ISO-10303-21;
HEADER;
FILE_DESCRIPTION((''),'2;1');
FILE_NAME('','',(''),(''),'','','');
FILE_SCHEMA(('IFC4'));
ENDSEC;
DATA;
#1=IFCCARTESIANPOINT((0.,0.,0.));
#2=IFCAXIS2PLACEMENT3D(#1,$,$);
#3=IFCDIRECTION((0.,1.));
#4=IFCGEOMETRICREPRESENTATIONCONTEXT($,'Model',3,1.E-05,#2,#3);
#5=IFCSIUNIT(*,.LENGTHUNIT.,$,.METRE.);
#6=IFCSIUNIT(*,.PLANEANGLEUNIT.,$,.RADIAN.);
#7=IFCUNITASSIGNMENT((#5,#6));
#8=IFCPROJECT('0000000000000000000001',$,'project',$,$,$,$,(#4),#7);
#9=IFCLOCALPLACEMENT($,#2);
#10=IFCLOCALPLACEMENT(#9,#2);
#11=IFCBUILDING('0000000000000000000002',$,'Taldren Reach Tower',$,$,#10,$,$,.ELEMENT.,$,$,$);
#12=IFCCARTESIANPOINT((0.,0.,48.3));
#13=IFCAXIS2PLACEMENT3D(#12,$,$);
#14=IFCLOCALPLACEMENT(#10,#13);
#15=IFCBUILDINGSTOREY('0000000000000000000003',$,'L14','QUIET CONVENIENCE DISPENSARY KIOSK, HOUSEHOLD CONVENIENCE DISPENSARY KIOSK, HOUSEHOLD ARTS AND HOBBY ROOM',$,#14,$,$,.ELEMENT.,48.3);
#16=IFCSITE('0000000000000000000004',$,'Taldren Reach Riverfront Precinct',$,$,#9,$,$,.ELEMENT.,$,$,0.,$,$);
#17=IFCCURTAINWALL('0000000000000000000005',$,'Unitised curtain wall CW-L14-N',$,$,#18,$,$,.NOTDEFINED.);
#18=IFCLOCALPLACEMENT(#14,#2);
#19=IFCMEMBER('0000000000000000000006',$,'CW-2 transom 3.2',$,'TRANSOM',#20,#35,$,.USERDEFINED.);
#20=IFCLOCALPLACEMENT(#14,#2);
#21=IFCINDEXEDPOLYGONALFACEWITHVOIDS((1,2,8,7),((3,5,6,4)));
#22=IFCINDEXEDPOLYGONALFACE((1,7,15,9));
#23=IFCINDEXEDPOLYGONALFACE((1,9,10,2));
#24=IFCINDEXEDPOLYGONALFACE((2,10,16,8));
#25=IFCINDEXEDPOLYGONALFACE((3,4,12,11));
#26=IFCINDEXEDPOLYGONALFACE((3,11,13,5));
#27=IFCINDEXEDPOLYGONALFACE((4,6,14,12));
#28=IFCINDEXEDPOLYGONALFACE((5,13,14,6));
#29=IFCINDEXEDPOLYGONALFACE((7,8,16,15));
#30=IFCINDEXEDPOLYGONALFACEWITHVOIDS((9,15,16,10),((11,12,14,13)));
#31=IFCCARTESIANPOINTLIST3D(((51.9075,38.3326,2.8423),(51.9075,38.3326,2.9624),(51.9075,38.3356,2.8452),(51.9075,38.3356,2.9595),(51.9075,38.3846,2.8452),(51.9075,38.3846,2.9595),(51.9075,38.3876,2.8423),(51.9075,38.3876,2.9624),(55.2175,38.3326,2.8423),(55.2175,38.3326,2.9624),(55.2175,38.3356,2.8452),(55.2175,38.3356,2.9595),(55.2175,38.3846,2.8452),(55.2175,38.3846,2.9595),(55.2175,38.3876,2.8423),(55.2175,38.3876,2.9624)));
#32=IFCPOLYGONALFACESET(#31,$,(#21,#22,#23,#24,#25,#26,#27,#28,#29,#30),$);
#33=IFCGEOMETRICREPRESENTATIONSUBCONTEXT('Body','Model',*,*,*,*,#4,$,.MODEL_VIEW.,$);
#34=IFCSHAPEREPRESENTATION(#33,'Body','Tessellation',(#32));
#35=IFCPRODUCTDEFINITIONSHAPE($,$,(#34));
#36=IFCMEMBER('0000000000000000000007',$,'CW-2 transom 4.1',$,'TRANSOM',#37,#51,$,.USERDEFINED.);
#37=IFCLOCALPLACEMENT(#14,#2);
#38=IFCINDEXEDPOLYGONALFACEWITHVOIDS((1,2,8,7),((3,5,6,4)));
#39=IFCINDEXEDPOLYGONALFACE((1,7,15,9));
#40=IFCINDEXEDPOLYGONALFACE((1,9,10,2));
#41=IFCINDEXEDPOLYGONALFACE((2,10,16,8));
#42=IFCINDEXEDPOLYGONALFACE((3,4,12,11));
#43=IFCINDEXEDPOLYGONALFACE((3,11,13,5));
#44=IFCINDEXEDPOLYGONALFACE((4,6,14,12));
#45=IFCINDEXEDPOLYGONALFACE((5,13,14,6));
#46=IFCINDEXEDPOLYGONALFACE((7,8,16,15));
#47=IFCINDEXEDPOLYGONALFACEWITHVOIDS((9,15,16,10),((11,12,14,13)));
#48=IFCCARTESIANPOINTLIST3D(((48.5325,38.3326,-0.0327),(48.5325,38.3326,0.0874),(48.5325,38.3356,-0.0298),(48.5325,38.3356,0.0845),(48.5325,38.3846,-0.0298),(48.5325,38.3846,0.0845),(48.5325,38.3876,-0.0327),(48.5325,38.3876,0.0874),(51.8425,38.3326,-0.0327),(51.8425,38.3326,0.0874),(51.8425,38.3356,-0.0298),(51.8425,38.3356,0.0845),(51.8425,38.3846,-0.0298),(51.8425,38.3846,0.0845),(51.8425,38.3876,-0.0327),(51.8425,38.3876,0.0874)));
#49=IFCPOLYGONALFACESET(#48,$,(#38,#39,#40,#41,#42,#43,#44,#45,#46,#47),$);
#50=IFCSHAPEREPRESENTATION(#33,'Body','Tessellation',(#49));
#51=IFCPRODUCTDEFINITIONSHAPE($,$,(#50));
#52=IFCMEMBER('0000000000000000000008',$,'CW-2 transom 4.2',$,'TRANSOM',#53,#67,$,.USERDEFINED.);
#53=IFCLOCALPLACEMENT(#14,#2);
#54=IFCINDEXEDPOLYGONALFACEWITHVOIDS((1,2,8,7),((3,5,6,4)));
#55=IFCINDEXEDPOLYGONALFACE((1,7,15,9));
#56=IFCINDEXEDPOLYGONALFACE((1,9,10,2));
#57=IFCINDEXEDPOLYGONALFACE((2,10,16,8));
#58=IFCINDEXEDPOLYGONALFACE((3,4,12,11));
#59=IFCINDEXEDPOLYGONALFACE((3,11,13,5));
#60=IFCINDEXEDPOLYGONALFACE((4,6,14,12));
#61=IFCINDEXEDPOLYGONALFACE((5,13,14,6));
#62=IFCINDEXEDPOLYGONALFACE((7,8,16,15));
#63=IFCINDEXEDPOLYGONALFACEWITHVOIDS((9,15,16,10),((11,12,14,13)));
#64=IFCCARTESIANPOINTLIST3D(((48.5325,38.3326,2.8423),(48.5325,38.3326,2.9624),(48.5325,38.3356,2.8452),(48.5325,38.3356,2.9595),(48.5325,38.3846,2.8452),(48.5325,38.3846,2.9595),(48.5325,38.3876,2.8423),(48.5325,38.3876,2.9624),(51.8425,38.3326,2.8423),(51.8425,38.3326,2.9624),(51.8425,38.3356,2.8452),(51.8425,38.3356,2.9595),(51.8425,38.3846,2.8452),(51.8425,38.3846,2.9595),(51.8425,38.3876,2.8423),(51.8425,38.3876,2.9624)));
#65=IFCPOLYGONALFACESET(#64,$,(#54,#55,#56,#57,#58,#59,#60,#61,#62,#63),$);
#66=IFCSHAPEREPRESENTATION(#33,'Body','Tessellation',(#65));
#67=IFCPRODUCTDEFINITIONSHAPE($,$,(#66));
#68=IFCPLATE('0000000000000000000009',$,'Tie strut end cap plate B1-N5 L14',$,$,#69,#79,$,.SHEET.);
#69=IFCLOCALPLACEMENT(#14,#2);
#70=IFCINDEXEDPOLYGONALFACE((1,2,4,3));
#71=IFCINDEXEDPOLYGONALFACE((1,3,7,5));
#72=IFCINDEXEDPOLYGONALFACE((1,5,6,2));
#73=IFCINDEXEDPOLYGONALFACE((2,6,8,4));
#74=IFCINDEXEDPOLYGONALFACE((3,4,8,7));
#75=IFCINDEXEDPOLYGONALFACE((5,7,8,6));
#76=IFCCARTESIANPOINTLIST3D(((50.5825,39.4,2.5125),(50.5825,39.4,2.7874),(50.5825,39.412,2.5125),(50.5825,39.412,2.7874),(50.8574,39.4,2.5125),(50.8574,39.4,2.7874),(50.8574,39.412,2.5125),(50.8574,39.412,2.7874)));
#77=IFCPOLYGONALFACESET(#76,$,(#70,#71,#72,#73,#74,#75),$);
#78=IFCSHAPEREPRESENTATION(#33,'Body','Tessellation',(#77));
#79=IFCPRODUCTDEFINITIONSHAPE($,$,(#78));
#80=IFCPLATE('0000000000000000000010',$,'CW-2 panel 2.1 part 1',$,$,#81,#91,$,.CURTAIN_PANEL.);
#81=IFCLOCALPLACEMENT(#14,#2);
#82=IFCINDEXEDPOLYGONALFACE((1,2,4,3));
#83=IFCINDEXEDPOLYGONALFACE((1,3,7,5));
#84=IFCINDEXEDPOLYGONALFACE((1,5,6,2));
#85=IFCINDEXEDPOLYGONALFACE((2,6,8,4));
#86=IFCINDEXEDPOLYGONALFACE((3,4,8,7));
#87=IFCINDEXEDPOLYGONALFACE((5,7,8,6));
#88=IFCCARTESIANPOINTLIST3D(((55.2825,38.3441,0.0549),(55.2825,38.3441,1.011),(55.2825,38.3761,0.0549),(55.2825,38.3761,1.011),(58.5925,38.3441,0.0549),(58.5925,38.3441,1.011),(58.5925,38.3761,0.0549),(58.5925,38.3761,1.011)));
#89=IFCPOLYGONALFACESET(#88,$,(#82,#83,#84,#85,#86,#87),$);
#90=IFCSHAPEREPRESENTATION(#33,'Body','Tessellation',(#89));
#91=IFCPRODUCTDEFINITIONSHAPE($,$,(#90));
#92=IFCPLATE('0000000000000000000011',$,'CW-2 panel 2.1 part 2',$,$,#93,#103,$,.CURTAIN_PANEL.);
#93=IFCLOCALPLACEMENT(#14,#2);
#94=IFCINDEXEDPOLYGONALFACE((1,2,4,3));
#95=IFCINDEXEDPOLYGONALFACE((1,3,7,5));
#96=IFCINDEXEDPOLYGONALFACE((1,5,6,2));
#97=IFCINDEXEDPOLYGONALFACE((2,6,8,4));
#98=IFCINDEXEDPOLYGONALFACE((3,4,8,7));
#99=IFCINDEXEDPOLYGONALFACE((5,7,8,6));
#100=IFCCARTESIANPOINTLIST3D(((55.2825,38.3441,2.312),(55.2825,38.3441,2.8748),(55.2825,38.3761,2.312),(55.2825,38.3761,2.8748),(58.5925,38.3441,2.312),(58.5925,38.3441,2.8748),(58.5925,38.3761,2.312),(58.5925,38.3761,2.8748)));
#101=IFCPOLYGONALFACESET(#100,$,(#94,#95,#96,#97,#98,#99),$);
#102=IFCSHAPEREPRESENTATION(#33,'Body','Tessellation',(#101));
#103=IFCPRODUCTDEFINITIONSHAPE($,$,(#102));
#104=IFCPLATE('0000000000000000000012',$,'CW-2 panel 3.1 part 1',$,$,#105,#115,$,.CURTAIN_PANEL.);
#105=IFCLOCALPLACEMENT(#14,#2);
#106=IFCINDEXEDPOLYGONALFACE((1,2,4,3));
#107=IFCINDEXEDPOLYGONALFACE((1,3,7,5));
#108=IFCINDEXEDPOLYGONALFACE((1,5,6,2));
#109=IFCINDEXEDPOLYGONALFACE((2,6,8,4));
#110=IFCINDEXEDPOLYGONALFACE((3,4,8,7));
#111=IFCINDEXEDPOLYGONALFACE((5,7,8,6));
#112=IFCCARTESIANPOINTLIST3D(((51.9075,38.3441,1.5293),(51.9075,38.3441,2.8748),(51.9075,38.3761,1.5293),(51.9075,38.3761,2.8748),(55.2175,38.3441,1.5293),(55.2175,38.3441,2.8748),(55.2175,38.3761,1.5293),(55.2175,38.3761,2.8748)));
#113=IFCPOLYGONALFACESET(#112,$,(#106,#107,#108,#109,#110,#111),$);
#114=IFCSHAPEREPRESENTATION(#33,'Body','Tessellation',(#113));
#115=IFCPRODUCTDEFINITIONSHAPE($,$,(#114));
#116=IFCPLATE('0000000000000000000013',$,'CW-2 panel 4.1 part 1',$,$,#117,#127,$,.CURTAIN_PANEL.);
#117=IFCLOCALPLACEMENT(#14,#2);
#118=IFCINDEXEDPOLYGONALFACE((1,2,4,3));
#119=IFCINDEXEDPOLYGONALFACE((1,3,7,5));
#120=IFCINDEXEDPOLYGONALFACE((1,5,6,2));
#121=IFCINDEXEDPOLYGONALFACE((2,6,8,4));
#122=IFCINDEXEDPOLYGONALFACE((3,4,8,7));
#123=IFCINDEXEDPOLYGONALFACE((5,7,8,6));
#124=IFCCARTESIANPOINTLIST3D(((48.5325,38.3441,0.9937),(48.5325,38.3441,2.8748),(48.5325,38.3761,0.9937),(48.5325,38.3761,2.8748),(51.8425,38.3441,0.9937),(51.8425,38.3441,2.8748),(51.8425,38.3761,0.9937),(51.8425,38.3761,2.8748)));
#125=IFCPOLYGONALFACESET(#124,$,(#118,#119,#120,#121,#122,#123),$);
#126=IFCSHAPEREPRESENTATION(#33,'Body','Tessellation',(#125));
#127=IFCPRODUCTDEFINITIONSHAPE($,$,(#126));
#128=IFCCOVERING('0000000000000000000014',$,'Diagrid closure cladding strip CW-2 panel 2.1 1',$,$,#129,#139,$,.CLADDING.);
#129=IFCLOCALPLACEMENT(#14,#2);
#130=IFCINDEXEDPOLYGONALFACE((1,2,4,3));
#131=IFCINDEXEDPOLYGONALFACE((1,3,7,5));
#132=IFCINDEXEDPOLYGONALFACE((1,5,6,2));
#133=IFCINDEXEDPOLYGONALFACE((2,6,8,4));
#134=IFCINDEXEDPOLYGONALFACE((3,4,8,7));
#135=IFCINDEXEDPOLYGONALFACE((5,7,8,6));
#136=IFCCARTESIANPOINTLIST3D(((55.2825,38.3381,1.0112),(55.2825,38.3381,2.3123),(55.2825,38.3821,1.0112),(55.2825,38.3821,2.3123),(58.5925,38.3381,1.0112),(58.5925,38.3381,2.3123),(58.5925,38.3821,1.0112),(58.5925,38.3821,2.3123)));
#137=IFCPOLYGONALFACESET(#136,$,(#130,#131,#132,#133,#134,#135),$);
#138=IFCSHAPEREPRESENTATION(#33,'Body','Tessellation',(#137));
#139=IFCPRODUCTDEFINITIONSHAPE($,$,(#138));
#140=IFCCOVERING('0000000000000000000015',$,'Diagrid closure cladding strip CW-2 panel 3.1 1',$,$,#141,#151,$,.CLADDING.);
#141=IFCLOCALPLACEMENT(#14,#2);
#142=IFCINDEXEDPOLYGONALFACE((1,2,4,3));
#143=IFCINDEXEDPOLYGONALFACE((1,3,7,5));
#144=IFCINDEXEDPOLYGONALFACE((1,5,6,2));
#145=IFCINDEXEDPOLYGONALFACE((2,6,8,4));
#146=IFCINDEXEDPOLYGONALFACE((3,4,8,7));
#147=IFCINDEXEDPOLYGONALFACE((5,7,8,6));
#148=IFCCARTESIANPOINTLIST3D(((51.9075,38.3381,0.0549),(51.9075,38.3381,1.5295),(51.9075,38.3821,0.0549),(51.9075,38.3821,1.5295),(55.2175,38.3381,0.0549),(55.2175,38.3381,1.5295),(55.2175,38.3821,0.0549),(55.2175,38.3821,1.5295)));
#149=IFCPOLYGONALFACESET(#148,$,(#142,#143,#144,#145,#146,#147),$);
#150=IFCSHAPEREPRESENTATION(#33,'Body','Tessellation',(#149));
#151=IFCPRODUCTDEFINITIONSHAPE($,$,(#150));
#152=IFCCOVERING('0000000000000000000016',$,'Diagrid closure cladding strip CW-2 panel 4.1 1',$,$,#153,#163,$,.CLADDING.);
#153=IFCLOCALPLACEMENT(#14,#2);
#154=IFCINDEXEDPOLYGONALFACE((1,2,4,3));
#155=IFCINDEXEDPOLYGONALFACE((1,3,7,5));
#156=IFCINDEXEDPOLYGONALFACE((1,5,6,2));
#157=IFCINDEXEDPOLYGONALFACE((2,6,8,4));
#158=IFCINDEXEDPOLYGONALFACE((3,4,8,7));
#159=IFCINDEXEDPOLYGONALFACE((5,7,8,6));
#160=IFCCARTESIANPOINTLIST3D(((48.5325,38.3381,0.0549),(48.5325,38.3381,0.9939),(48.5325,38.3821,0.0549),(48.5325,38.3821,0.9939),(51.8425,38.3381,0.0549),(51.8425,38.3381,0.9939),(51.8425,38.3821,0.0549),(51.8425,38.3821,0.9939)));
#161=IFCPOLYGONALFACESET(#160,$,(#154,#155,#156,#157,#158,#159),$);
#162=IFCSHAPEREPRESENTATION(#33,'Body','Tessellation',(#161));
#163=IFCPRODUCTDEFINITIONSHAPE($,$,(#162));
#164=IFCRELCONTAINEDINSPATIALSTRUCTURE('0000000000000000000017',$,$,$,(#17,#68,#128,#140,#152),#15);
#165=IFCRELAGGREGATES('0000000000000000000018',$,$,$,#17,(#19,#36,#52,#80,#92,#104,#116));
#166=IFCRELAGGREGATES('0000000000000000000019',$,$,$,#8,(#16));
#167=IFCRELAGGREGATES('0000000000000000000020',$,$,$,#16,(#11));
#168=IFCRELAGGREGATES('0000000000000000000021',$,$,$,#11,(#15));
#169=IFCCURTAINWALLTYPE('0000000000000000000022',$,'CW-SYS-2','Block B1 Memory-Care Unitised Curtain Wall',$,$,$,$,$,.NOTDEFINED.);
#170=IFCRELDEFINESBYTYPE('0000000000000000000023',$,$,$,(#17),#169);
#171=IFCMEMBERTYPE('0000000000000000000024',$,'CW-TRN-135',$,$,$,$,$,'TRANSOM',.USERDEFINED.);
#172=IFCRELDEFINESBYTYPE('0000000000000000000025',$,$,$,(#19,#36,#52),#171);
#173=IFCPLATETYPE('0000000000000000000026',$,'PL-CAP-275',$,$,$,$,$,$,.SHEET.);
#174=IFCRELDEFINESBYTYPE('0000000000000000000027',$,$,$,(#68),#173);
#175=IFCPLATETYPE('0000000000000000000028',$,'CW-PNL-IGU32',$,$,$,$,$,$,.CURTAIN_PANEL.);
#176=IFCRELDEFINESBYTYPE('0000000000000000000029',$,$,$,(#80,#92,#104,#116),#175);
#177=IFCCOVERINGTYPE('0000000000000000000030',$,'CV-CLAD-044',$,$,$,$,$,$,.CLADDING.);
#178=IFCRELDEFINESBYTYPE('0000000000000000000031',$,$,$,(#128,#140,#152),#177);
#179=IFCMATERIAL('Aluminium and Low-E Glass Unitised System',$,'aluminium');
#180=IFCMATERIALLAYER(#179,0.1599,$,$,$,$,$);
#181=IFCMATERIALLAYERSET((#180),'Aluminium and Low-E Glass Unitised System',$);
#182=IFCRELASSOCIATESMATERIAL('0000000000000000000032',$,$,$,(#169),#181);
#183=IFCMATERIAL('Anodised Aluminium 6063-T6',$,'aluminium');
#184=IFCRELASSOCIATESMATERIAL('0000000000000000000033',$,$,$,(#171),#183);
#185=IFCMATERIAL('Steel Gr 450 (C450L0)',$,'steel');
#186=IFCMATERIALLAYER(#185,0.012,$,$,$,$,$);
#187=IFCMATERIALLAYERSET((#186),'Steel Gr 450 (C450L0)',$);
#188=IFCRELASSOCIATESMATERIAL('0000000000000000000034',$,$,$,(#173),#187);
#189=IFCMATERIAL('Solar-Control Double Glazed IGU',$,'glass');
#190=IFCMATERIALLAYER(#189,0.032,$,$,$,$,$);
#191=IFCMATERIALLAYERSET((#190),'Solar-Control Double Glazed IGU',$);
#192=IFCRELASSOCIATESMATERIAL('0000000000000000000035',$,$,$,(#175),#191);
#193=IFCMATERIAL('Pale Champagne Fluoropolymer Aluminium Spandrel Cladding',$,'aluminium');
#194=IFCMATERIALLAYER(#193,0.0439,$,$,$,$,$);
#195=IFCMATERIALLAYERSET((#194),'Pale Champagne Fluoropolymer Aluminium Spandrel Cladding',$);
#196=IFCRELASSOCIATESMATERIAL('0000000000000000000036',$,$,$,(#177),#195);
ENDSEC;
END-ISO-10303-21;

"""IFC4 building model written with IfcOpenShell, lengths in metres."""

from ifc_helpers import new_model, si_unit, direction, frame, origin, origin_2d, place, context, subcontext, project, spatial, rectangle, hollow_rectangle, extrude, source, transform, mapped, material, layer, layer_set, material_profile, profile_set, type_object, element, aggregate, save


model = new_model("IFC4")

# Units and contexts
model_context = context("Model", 3, precision=1e-05, world=origin(), true_north=direction((0.0, 1.0)))
body_context = subcontext(model_context, "Body", "Model", "MODEL_VIEW")
ifc_project = project(units=[si_unit("LENGTHUNIT", "METRE"), si_unit("PLANEANGLEUNIT", "RADIAN")], contexts=[model_context])

# Site, building, storey
site_placement = place(None, origin())
site = spatial("IfcSite", under=ifc_project, at=site_placement, Name="Taldren Reach Riverfront Precinct", CompositionType="ELEMENT", RefElevation=0.0)
building_placement = place(site_placement, origin())
building = spatial("IfcBuilding", under=site, at=building_placement, Name="Taldren Reach Tower", CompositionType="ELEMENT")
storey_placement = place(building_placement, frame((0.0, 0.0, 48.3)))
storey = spatial("IfcBuildingStorey", under=building, at=storey_placement, Name="L14", Description="QUIET CONVENIENCE DISPENSARY KIOSK, HOUSEHOLD CONVENIENCE DISPENSARY KIOSK, HOUSEHOLD ARTS AND HOBBY ROOM", CompositionType="ELEMENT", Elevation=48.3)

# Shared definitions
ifc_material_1 = material(Name="Steel Gr 450 (C450L0)", Category="steel")

# Curtain wall, members
ifc_material_2 = material(Name="Aluminium and Low-E Glass Unitised System", Category="aluminium")
ifc_layer_1 = layer(ifc_material_2, 0.1599)
ifc_layer_set_1 = layer_set([ifc_layer_1], Name="Aluminium and Low-E Glass Unitised System")
curtain_wall_type = type_object("IfcCurtainWallType", Name="CW-SYS-2", Description="Block B1 Memory-Care Unitised Curtain Wall", PredefinedType="NOTDEFINED", material=ifc_layer_set_1)
curtain_wall_placement = place(storey_placement, origin())
curtain_wall = element("IfcCurtainWall", 1, at=curtain_wall_placement, inside=storey, type_object=curtain_wall_type, Name="Unitised curtain wall CW-L14-N", PredefinedType="NOTDEFINED")
ifc_material_3 = material(Name="Anodised Aluminium 6063-T6", Category="aluminium")
ifc_material_profile_1 = material_profile(ifc_material_3, hollow_rectangle(XDim=0.0549, YDim=0.1201, WallThickness=0.0029, at=origin_2d()), Name="ALU-120x55x3RHS")
ifc_profile_set_1 = profile_set([ifc_material_profile_1], Name="Anodised Aluminium 6063-T6")
member_type_1 = type_object("IfcMemberType", Name="CW-TRN-135", ElementType="TRANSOM", PredefinedType="USERDEFINED", material=ifc_profile_set_1)
shared_shape_1 = source(origin(), body_context, "Body", "SweptSolid", [
    extrude(hollow_rectangle(XDim=0.0549, YDim=0.1201, WallThickness=0.0029, at=origin_2d()), origin(), (0.0, 0.0, 1.0), 3.3101),
])
member_1_placement = place(storey_placement, frame((55.2175, 38.3601, 2.9023), z_axis=(-1.0, 0.0, 0.0), x_axis=(0.0, -1.0, 0.0)))
member_1 = element("IfcMember", 2, at=member_1_placement, type_object=member_type_1, Name="CW-2 transom 3.2", ObjectType="TRANSOM", PredefinedType="USERDEFINED", context=body_context, shape_type="MappedRepresentation", body=[
    mapped(shared_shape_1, transform((0.0, 0.0, 0.0), scale=1.0)),
])
member_2_placement = place(storey_placement, frame((51.8425, 38.3601, 0.0273), z_axis=(-1.0, 0.0, 0.0), x_axis=(0.0, -1.0, 0.0)))
member_2 = element("IfcMember", 3, at=member_2_placement, type_object=member_type_1, Name="CW-2 transom 4.1", ObjectType="TRANSOM", PredefinedType="USERDEFINED", context=body_context, shape_type="MappedRepresentation", body=[
    mapped(shared_shape_1, transform((0.0, 0.0, 0.0), scale=1.0)),
])
member_3_placement = place(storey_placement, frame((51.8425, 38.3601, 2.9023), z_axis=(-1.0, 0.0, 0.0), x_axis=(0.0, -1.0, 0.0)))
member_3 = element("IfcMember", 4, at=member_3_placement, type_object=member_type_1, Name="CW-2 transom 4.2", ObjectType="TRANSOM", PredefinedType="USERDEFINED", context=body_context, shape_type="MappedRepresentation", body=[
    mapped(shared_shape_1, transform((0.0, 0.0, 0.0), scale=1.0)),
])

# Plates
ifc_layer_2 = layer(ifc_material_1, 0.012)
ifc_layer_set_2 = layer_set([ifc_layer_2], Name="Steel Gr 450 (C450L0)")
plate_type_1 = type_object("IfcPlateType", Name="PL-CAP-275", PredefinedType="SHEET", material=ifc_layer_set_2)
shared_shape_2 = source(origin(), body_context, "Body", "SweptSolid", [
    extrude(rectangle(XDim=0.2749, YDim=0.012, at=origin_2d()), origin(), (0.0, 0.0, 1.0), 0.2749),
])
plate_1_placement = place(storey_placement, frame((50.72, 39.406, 2.5125), z_axis=(0.0, 0.0, 1.0), x_axis=(1.0, 0.0, 0.0)))
element("IfcPlate", 5, at=plate_1_placement, inside=storey, type_object=plate_type_1, Name="Tie strut end cap plate B1-N5 L14", PredefinedType="SHEET", context=body_context, shape_type="MappedRepresentation", body=[
    mapped(shared_shape_2, transform((0.0, 0.0, 0.0), scale=1.0)),
])
ifc_material_4 = material(Name="Solar-Control Double Glazed IGU", Category="glass")
ifc_layer_3 = layer(ifc_material_4, 0.032)
ifc_layer_set_3 = layer_set([ifc_layer_3], Name="Solar-Control Double Glazed IGU")
plate_type_2 = type_object("IfcPlateType", Name="CW-PNL-IGU32", PredefinedType="CURTAIN_PANEL", material=ifc_layer_set_3)
shared_shape_3 = source(origin(), body_context, "Body", "SweptSolid", [
    extrude(rectangle(XDim=3.3101, YDim=0.032, at=origin_2d()), origin(), (0.0, 0.0, 1.0), 0.9561),
])
plate_2_placement = place(storey_placement, frame((56.9375, 38.3601, 0.0549), z_axis=(0.0, 0.0, 1.0), x_axis=(-1.0, 0.0, 0.0)))
plate_2 = element("IfcPlate", 6, at=plate_2_placement, type_object=plate_type_2, Name="CW-2 panel 2.1 part 1", PredefinedType="CURTAIN_PANEL", context=body_context, shape_type="MappedRepresentation", body=[
    mapped(shared_shape_3, transform((0.0, 0.0, 0.0), scale=1.0)),
])
shared_shape_4 = source(origin(), body_context, "Body", "SweptSolid", [
    extrude(rectangle(XDim=3.3101, YDim=0.032, at=origin_2d()), origin(), (0.0, 0.0, 1.0), 0.5627),
])
plate_3_placement = place(storey_placement, frame((56.9375, 38.3601, 2.312), z_axis=(0.0, 0.0, 1.0), x_axis=(-1.0, 0.0, 0.0)))
plate_3 = element("IfcPlate", 7, at=plate_3_placement, type_object=plate_type_2, Name="CW-2 panel 2.1 part 2", PredefinedType="CURTAIN_PANEL", context=body_context, shape_type="MappedRepresentation", body=[
    mapped(shared_shape_4, transform((0.0, 0.0, 0.0), scale=1.0)),
])
shared_shape_5 = source(origin(), body_context, "Body", "SweptSolid", [
    extrude(rectangle(XDim=3.3101, YDim=0.032, at=origin_2d()), origin(), (0.0, 0.0, 1.0), 1.3455),
])
plate_4_placement = place(storey_placement, frame((53.5625, 38.3601, 1.5293), z_axis=(0.0, 0.0, 1.0), x_axis=(-1.0, 0.0, 0.0)))
plate_4 = element("IfcPlate", 8, at=plate_4_placement, type_object=plate_type_2, Name="CW-2 panel 3.1 part 1", PredefinedType="CURTAIN_PANEL", context=body_context, shape_type="MappedRepresentation", body=[
    mapped(shared_shape_5, transform((0.0, 0.0, 0.0), scale=1.0)),
])
shared_shape_6 = source(origin(), body_context, "Body", "SweptSolid", [
    extrude(rectangle(XDim=3.3101, YDim=0.032, at=origin_2d()), origin(), (0.0, 0.0, 1.0), 1.8811),
])
plate_5_placement = place(storey_placement, frame((50.1875, 38.3601, 0.9937), z_axis=(0.0, 0.0, 1.0), x_axis=(-1.0, 0.0, 0.0)))
plate_5 = element("IfcPlate", 9, at=plate_5_placement, type_object=plate_type_2, Name="CW-2 panel 4.1 part 1", PredefinedType="CURTAIN_PANEL", context=body_context, shape_type="MappedRepresentation", body=[
    mapped(shared_shape_6, transform((0.0, 0.0, 0.0), scale=1.0)),
])
aggregate(curtain_wall, [member_1, member_2, member_3, plate_2, plate_3, plate_4, plate_5])

# Coverings
ifc_material_5 = material(Name="Pale Champagne Fluoropolymer Aluminium Spandrel Cladding", Category="aluminium")
ifc_layer_4 = layer(ifc_material_5, 0.0439)
ifc_layer_set_4 = layer_set([ifc_layer_4], Name="Pale Champagne Fluoropolymer Aluminium Spandrel Cladding")
covering_type = type_object("IfcCoveringType", Name="CV-CLAD-044", PredefinedType="CLADDING", material=ifc_layer_set_4)
shared_shape_7 = source(origin(), body_context, "Body", "SweptSolid", [
    extrude(rectangle(XDim=3.3101, YDim=0.0439, at=origin_2d()), origin(), (0.0, 0.0, 1.0), 1.301),
])
covering_1_placement = place(storey_placement, frame((56.9375, 38.3601, 1.0112), z_axis=(0.0, 0.0, 1.0), x_axis=(-1.0, 0.0, 0.0)))
element("IfcCovering", 10, at=covering_1_placement, inside=storey, type_object=covering_type, Name="Diagrid closure cladding strip CW-2 panel 2.1 1", PredefinedType="CLADDING", context=body_context, shape_type="MappedRepresentation", body=[
    mapped(shared_shape_7, transform((0.0, 0.0, 0.0), scale=1.0)),
])
shared_shape_8 = source(origin(), body_context, "Body", "SweptSolid", [
    extrude(rectangle(XDim=3.3101, YDim=0.0439, at=origin_2d()), origin(), (0.0, 0.0, 1.0), 1.4746),
])
covering_2_placement = place(storey_placement, frame((53.5625, 38.3601, 0.0549), z_axis=(0.0, 0.0, 1.0), x_axis=(-1.0, 0.0, 0.0)))
element("IfcCovering", 11, at=covering_2_placement, inside=storey, type_object=covering_type, Name="Diagrid closure cladding strip CW-2 panel 3.1 1", PredefinedType="CLADDING", context=body_context, shape_type="MappedRepresentation", body=[
    mapped(shared_shape_8, transform((0.0, 0.0, 0.0), scale=1.0)),
])
shared_shape_9 = source(origin(), body_context, "Body", "SweptSolid", [
    extrude(rectangle(XDim=3.3101, YDim=0.0439, at=origin_2d()), origin(), (0.0, 0.0, 1.0), 0.939),
])
covering_3_placement = place(storey_placement, frame((50.1875, 38.3601, 0.0549), z_axis=(0.0, 0.0, 1.0), x_axis=(-1.0, 0.0, 0.0)))
element("IfcCovering", 12, at=covering_3_placement, inside=storey, type_object=covering_type, Name="Diagrid closure cladding strip CW-2 panel 4.1 1", PredefinedType="CLADDING", context=body_context, shape_type="MappedRepresentation", body=[
    mapped(shared_shape_9, transform((0.0, 0.0, 0.0), scale=1.0)),
])

save(model, "model.ifc")
